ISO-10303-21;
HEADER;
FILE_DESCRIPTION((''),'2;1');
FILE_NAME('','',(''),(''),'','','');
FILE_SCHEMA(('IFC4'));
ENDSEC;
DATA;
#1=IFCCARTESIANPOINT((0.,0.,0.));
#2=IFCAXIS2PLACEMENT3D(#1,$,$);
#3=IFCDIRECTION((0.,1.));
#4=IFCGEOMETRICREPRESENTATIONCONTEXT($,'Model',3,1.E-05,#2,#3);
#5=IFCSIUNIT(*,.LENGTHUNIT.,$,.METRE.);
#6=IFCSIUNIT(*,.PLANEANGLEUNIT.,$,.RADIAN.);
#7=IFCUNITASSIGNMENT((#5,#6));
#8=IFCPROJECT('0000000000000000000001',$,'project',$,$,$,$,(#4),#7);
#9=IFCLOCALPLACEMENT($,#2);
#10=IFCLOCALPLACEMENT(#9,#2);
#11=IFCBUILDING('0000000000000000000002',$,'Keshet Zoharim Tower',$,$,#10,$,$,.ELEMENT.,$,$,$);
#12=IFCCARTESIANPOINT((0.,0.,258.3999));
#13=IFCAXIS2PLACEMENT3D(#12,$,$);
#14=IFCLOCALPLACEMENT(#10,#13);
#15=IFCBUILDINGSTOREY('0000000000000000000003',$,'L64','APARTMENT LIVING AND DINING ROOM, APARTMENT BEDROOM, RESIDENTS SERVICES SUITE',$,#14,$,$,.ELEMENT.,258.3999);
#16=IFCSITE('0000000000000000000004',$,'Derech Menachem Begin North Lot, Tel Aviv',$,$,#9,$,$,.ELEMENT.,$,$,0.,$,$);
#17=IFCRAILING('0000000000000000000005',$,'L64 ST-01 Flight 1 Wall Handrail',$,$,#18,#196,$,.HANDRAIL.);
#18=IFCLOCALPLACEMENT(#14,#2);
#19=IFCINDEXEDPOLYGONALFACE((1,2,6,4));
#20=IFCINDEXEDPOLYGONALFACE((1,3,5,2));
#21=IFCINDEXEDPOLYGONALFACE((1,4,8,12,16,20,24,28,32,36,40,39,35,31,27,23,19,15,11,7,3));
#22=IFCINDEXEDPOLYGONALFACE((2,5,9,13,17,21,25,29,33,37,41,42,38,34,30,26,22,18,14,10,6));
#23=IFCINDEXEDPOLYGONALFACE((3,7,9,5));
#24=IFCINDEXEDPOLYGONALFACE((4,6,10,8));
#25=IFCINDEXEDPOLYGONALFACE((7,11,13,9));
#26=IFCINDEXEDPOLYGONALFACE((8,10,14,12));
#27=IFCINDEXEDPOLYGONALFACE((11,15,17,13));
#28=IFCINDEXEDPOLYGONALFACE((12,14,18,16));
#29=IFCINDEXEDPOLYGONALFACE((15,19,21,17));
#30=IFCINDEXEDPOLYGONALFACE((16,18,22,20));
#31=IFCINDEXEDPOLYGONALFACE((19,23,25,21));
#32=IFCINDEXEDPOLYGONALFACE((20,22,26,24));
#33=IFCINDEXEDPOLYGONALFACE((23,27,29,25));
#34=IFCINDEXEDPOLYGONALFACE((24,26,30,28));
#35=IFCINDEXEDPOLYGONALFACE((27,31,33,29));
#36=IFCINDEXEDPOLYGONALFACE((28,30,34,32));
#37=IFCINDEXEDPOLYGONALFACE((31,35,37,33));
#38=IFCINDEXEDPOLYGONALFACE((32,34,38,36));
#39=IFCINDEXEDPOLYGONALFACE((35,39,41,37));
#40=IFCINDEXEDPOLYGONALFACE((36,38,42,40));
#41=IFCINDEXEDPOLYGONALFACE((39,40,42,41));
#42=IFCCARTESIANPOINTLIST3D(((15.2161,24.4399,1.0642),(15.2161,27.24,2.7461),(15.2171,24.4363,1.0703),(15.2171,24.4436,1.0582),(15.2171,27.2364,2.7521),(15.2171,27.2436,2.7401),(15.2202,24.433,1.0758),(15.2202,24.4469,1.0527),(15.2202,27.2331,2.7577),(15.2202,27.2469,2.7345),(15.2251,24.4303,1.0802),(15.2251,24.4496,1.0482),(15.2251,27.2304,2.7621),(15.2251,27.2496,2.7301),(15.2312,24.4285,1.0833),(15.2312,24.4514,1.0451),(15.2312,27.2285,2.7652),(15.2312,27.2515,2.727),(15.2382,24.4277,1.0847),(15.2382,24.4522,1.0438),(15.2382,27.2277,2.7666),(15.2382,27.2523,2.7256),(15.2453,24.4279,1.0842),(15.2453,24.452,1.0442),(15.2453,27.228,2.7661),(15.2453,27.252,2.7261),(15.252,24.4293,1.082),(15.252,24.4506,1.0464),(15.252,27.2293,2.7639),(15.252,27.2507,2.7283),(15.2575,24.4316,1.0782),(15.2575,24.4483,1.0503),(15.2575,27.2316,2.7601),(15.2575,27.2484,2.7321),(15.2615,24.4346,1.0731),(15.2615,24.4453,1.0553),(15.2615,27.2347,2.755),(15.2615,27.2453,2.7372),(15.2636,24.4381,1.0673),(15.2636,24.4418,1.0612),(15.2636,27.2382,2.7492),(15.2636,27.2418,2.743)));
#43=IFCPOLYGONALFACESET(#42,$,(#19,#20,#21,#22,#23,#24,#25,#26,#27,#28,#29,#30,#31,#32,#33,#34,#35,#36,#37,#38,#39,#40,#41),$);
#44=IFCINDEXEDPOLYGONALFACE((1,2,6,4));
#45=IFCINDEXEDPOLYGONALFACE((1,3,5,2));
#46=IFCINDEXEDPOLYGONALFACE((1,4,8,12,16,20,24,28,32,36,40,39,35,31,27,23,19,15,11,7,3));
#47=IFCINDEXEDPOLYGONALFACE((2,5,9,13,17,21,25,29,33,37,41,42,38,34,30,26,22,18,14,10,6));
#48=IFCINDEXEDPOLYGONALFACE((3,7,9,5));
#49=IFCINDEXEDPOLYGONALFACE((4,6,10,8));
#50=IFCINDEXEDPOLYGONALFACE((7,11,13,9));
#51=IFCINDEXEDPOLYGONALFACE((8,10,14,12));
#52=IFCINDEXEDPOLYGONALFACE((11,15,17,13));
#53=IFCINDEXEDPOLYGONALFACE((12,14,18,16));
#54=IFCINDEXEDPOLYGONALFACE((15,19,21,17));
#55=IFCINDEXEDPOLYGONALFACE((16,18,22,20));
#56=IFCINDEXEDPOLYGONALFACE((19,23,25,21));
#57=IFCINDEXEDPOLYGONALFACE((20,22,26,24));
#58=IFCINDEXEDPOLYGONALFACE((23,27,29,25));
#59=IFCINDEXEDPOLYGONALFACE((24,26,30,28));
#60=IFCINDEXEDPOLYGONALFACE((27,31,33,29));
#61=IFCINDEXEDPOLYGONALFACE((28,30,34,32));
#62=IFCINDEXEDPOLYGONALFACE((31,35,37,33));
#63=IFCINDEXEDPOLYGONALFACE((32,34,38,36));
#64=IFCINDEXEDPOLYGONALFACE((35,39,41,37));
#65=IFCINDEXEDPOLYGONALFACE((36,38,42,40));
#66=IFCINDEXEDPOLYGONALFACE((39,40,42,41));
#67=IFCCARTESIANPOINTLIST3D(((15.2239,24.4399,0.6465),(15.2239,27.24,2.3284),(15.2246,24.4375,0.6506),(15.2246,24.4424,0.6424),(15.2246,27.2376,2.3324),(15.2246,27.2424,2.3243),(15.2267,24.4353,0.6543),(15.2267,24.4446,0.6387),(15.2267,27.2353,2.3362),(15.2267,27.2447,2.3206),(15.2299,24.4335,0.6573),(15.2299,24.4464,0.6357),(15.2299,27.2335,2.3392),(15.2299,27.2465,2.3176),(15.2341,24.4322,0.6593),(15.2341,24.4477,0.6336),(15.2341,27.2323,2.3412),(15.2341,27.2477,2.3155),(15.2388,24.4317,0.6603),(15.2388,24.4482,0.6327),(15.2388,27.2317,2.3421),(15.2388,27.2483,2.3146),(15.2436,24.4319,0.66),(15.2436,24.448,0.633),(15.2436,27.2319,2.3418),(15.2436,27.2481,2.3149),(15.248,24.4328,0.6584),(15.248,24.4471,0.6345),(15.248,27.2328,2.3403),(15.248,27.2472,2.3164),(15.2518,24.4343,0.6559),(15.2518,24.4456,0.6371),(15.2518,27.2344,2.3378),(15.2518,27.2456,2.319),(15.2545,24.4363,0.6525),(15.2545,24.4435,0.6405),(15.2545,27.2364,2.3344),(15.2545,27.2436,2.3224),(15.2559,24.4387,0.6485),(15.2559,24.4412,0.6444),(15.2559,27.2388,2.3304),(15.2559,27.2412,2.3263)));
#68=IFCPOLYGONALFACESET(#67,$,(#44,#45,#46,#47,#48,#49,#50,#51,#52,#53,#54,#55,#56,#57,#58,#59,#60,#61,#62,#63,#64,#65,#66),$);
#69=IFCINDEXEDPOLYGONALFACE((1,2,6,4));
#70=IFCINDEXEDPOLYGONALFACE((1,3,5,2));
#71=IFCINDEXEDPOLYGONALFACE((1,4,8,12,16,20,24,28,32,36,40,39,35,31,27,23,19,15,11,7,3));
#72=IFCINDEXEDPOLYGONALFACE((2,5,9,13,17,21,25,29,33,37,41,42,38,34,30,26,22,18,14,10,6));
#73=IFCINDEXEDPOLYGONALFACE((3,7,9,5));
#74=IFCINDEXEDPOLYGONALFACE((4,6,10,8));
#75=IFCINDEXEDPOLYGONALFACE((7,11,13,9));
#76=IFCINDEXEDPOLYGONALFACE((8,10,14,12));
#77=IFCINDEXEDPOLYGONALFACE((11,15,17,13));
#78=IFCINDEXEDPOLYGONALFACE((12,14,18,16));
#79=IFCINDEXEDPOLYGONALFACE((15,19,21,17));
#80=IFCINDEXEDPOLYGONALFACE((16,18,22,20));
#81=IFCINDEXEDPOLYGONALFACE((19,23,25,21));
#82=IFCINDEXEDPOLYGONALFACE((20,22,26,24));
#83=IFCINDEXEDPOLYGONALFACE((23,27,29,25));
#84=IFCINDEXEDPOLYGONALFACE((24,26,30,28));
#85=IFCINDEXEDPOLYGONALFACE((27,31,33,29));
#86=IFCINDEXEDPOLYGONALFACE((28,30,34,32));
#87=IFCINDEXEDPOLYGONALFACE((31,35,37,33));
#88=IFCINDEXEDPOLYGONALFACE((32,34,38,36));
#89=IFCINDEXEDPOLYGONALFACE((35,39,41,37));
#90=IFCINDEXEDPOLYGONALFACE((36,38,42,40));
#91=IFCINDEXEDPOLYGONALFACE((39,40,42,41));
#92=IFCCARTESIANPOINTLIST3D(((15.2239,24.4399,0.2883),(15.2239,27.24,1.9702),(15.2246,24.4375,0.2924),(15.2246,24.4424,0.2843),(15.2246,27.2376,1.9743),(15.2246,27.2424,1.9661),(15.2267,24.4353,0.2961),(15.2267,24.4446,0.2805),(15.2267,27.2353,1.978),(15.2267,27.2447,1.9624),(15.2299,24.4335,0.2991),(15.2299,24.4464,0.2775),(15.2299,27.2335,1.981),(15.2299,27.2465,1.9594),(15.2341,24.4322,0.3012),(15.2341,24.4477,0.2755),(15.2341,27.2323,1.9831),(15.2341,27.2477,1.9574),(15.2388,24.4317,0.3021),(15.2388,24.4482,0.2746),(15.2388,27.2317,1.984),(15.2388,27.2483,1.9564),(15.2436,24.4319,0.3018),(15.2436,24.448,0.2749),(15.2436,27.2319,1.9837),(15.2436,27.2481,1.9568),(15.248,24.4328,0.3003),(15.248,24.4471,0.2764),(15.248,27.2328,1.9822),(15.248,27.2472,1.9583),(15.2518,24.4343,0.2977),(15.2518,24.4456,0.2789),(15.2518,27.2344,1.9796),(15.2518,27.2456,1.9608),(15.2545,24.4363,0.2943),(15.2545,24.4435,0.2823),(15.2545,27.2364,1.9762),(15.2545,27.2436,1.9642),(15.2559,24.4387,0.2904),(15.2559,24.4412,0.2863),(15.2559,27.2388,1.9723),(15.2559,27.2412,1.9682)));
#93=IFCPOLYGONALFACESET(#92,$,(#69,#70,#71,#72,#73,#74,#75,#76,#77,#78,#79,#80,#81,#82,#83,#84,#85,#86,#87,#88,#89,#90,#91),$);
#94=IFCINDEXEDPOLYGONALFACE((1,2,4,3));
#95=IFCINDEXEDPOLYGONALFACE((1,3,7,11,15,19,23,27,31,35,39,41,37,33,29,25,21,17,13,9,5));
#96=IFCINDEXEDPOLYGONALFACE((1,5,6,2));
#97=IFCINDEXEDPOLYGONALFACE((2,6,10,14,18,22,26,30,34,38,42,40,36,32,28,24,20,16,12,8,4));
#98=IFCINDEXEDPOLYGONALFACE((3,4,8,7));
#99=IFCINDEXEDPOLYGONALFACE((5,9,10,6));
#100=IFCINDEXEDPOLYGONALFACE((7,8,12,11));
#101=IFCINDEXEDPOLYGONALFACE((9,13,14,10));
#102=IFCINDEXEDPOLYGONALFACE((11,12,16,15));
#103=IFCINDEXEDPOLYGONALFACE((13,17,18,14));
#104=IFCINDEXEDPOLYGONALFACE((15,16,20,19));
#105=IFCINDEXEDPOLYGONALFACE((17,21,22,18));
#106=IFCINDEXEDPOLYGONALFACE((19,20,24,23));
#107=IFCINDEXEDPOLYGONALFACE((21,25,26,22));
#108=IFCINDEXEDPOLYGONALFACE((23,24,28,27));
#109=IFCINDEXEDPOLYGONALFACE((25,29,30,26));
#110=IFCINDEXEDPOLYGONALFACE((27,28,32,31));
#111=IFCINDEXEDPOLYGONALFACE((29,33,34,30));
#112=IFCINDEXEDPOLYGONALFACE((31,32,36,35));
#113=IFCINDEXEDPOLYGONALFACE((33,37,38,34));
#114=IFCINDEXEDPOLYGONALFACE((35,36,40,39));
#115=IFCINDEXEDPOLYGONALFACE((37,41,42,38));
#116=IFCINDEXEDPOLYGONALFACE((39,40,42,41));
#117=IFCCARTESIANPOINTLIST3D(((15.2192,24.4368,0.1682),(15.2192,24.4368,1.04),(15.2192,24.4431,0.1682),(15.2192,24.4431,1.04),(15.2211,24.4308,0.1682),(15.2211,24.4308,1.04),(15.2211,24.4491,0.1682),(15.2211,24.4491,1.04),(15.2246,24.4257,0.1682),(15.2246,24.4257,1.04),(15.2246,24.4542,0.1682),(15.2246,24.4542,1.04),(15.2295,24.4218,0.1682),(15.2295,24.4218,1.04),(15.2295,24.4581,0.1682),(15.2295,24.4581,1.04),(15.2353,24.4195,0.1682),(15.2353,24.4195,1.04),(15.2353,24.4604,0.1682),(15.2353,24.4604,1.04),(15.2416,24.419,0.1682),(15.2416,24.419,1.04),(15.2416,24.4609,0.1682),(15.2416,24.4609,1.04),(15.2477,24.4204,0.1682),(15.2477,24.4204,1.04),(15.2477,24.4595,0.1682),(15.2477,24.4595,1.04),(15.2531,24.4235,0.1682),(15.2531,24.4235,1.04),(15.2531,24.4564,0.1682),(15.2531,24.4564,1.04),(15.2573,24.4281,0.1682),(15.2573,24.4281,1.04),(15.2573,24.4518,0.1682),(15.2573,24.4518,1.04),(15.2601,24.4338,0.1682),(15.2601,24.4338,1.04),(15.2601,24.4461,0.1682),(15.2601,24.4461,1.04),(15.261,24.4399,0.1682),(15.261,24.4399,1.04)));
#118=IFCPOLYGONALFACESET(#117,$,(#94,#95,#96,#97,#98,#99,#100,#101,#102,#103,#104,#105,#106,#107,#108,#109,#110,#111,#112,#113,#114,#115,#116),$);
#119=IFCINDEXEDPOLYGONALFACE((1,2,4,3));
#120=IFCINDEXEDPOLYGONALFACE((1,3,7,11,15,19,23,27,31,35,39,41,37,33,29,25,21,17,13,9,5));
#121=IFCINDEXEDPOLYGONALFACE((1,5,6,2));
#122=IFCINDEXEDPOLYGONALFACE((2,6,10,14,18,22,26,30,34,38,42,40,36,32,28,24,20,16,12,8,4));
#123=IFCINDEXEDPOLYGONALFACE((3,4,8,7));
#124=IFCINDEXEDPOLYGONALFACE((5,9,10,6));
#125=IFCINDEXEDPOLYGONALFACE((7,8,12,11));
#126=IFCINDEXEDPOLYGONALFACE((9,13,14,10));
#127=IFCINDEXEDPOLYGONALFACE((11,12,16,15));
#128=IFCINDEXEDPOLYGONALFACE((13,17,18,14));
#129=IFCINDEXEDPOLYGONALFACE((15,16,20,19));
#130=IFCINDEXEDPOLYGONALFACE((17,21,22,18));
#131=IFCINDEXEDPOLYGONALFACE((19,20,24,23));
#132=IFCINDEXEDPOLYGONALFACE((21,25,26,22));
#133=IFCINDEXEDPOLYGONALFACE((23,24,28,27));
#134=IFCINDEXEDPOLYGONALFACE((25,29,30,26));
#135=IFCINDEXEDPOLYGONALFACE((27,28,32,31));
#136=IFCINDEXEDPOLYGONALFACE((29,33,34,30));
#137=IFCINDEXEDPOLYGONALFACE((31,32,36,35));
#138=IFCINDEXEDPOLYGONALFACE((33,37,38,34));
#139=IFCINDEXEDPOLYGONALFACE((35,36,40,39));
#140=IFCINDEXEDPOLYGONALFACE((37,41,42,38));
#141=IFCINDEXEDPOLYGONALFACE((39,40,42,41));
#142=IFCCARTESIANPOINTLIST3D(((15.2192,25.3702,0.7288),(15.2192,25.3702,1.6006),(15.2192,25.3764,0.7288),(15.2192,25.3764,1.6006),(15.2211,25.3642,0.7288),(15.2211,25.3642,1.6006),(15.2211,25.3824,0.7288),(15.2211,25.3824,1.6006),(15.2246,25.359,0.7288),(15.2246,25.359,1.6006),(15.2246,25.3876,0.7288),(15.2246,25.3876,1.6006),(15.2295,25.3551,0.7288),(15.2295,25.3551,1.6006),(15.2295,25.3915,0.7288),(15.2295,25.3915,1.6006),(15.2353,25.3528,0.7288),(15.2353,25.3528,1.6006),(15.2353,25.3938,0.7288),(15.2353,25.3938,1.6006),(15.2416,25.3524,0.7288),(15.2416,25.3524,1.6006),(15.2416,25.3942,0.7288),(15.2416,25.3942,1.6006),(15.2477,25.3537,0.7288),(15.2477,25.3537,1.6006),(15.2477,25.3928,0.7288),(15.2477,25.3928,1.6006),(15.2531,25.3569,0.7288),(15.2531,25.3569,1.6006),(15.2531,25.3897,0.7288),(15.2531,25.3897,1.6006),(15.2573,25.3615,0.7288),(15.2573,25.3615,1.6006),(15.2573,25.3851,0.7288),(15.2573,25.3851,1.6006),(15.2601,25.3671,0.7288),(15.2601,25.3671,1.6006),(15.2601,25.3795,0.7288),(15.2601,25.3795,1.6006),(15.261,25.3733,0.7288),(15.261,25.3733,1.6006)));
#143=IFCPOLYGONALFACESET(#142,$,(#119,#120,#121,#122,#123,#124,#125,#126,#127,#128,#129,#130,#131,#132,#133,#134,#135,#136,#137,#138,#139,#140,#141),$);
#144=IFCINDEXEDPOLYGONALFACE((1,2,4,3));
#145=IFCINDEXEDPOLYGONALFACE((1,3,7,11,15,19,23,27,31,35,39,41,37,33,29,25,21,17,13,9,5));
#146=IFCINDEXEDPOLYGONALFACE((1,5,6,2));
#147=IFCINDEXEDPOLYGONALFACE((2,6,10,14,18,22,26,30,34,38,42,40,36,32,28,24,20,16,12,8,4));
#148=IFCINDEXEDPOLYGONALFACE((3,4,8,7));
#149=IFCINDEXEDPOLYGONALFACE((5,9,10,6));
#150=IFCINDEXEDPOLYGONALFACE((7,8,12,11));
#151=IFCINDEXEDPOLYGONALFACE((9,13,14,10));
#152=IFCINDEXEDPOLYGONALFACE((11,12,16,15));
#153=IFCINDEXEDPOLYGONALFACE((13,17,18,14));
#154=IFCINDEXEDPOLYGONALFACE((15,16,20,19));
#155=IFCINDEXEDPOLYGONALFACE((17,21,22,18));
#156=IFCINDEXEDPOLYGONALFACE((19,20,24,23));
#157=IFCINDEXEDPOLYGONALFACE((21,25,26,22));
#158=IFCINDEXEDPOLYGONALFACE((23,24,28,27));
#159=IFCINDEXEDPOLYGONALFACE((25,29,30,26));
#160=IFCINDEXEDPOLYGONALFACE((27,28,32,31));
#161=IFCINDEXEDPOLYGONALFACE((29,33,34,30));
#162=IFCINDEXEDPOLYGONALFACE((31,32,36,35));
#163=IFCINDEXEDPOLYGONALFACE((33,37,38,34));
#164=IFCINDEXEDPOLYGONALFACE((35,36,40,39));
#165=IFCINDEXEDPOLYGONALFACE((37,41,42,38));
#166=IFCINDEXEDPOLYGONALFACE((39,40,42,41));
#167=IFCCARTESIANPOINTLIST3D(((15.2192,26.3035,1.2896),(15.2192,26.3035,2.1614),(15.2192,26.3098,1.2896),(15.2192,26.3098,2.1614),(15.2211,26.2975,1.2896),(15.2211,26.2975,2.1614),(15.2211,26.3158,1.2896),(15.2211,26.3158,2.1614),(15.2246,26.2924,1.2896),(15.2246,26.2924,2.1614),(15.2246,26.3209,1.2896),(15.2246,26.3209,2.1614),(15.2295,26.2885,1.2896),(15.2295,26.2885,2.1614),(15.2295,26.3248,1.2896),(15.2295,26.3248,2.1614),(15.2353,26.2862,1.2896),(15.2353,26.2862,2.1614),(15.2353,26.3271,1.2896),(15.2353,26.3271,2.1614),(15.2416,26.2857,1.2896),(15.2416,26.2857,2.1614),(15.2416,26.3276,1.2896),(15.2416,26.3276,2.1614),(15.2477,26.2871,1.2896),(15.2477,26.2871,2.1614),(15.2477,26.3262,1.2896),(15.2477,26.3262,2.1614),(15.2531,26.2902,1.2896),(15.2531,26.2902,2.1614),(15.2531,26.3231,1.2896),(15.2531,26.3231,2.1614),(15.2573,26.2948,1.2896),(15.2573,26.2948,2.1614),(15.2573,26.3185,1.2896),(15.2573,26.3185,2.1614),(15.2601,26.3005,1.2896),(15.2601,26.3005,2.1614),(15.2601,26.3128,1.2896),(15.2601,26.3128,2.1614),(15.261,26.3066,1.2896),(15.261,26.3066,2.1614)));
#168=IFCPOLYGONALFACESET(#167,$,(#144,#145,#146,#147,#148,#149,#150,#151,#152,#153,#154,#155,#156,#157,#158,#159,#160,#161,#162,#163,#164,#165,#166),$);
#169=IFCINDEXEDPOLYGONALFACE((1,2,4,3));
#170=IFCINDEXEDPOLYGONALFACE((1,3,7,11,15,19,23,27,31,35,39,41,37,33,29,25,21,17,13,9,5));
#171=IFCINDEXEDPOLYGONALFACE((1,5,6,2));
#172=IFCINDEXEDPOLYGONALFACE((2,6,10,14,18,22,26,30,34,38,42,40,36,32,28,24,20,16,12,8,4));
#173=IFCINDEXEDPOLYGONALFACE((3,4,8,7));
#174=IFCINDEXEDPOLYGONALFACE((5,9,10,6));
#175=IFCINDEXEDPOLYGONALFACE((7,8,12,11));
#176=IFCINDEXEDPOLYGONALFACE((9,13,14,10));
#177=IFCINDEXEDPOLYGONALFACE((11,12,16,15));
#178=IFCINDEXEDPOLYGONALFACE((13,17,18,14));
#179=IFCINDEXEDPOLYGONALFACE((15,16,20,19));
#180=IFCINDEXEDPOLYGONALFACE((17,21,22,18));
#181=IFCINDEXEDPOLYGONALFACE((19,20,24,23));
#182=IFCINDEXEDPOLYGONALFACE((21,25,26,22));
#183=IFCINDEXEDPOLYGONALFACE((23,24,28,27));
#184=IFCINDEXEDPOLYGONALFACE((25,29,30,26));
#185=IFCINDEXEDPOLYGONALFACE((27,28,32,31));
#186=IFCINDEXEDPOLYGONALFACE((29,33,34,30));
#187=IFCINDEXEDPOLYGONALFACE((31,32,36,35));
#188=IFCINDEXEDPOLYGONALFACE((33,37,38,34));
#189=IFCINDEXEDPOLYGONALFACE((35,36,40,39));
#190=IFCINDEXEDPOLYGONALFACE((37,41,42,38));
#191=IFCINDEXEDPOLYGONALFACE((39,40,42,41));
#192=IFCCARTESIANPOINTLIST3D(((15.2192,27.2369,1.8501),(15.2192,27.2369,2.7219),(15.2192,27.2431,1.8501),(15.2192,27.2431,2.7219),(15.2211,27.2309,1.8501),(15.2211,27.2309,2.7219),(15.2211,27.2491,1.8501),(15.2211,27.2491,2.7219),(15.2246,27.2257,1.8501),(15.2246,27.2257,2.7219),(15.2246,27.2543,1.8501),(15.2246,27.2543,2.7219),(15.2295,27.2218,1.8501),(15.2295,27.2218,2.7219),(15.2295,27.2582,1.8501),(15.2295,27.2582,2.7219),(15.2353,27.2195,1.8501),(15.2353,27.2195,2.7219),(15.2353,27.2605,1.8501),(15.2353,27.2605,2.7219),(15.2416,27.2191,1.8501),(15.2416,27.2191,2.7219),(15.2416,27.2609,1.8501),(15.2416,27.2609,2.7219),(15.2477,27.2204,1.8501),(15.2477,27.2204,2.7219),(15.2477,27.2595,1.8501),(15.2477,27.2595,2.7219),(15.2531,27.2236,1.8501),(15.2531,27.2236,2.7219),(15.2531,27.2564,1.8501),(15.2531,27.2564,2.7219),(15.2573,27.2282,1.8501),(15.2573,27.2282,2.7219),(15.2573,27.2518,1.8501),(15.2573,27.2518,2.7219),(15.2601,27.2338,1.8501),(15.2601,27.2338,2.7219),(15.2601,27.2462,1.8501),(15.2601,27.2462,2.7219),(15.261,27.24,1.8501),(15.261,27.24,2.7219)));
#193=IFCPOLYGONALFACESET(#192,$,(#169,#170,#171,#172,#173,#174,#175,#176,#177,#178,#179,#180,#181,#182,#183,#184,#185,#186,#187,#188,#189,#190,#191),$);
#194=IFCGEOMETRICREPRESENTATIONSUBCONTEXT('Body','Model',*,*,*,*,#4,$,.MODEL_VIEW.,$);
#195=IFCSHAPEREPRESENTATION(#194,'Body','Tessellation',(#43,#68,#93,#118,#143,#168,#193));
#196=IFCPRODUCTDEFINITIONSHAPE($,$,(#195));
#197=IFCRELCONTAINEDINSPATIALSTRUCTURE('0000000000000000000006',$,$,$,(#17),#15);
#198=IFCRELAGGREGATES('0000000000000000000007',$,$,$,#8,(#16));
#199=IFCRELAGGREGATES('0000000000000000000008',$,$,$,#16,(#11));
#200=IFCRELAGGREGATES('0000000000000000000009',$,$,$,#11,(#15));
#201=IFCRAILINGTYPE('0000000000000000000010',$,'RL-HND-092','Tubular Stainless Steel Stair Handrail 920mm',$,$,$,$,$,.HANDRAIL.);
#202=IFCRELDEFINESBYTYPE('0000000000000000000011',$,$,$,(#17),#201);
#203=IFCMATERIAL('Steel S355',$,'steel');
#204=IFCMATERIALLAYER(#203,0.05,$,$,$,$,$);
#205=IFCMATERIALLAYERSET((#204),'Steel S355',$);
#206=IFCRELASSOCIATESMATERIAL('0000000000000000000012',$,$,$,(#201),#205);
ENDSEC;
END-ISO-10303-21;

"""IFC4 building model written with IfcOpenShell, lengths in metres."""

from ifc_helpers import new_model, si_unit, direction, frame, origin, origin_2d, place, context, subcontext, project, spatial, circle, extrude, material, layer, layer_set, type_object, element, save


model = new_model("IFC4")

# Units and contexts
model_context = context("Model", 3, precision=1e-05, world=origin(), true_north=direction((0.0, 1.0)))
body_context = subcontext(model_context, "Body", "Model", "MODEL_VIEW")
ifc_project = project(units=[si_unit("LENGTHUNIT", "METRE"), si_unit("PLANEANGLEUNIT", "RADIAN")], contexts=[model_context])

# Site, building, storey
site_placement = place(None, origin())
site = spatial("IfcSite", under=ifc_project, at=site_placement, Name="Derech Menachem Begin North Lot, Tel Aviv", CompositionType="ELEMENT", RefElevation=0.0)
building_placement = place(site_placement, origin())
building = spatial("IfcBuilding", under=site, at=building_placement, Name="Keshet Zoharim Tower", CompositionType="ELEMENT")
storey_placement = place(building_placement, frame((0.0, 0.0, 258.3999)))
storey = spatial("IfcBuildingStorey", under=building, at=storey_placement, Name="L64", Description="APARTMENT LIVING AND DINING ROOM, APARTMENT BEDROOM, RESIDENTS SERVICES SUITE", CompositionType="ELEMENT", Elevation=258.3999)

# Shared definitions
ifc_material_1 = material(Name="Steel S355", Category="steel")

# Railing
ifc_layer_1 = layer(ifc_material_1, 0.05)
ifc_layer_set_1 = layer_set([ifc_layer_1], Name="Steel S355")
railing_type_1 = type_object("IfcRailingType", Name="RL-HND-092", Description="Tubular Stainless Steel Stair Handrail 920mm", PredefinedType="HANDRAIL", material=ifc_layer_set_1)
railing_1_placement = place(storey_placement, frame((15.24, 24.4399, 0.1682)))
element("IfcRailing", 1, at=railing_1_placement, inside=storey, type_object=railing_type_1, Name="L64 ST-01 Flight 1 Wall Handrail", PredefinedType="HANDRAIL", context=body_context, shape_type="SweptSolid", body=[
    extrude(circle(Radius=0.0239, at=origin_2d()), frame((0.0, 0.0, 0.896), z_axis=(0.0, 0.857242, 0.514913), x_axis=(-1.0, 0.0, 0.0)), (0.0, 0.0, 1.0), 3.2664),
    extrude(circle(Radius=0.0161, at=origin_2d()), frame((0.0, 0.0, 0.4783), z_axis=(0.0, 0.857242, 0.514913), x_axis=(-1.0, 0.0, 0.0)), (0.0, 0.0, 1.0), 3.2664),
    extrude(circle(Radius=0.0161, at=origin_2d()), frame((0.0, 0.0, 0.1201), z_axis=(0.0, 0.857242, 0.514913), x_axis=(-1.0, 0.0, 0.0)), (0.0, 0.0, 1.0), 3.2664),
    extrude(circle(Radius=0.021, at=origin_2d()), origin(), (0.0, 0.0, 1.0), 0.8718),
    extrude(circle(Radius=0.021, at=origin_2d()), frame((0.0, 0.9333, 0.5605)), (0.0, 0.0, 1.0), 0.8718),
    extrude(circle(Radius=0.021, at=origin_2d()), frame((0.0, 1.8667, 1.1213)), (0.0, 0.0, 1.0), 0.8718),
    extrude(circle(Radius=0.021, at=origin_2d()), frame((0.0, 2.8, 1.6819)), (0.0, 0.0, 1.0), 0.8718),
])

save(model, "model.ifc")
